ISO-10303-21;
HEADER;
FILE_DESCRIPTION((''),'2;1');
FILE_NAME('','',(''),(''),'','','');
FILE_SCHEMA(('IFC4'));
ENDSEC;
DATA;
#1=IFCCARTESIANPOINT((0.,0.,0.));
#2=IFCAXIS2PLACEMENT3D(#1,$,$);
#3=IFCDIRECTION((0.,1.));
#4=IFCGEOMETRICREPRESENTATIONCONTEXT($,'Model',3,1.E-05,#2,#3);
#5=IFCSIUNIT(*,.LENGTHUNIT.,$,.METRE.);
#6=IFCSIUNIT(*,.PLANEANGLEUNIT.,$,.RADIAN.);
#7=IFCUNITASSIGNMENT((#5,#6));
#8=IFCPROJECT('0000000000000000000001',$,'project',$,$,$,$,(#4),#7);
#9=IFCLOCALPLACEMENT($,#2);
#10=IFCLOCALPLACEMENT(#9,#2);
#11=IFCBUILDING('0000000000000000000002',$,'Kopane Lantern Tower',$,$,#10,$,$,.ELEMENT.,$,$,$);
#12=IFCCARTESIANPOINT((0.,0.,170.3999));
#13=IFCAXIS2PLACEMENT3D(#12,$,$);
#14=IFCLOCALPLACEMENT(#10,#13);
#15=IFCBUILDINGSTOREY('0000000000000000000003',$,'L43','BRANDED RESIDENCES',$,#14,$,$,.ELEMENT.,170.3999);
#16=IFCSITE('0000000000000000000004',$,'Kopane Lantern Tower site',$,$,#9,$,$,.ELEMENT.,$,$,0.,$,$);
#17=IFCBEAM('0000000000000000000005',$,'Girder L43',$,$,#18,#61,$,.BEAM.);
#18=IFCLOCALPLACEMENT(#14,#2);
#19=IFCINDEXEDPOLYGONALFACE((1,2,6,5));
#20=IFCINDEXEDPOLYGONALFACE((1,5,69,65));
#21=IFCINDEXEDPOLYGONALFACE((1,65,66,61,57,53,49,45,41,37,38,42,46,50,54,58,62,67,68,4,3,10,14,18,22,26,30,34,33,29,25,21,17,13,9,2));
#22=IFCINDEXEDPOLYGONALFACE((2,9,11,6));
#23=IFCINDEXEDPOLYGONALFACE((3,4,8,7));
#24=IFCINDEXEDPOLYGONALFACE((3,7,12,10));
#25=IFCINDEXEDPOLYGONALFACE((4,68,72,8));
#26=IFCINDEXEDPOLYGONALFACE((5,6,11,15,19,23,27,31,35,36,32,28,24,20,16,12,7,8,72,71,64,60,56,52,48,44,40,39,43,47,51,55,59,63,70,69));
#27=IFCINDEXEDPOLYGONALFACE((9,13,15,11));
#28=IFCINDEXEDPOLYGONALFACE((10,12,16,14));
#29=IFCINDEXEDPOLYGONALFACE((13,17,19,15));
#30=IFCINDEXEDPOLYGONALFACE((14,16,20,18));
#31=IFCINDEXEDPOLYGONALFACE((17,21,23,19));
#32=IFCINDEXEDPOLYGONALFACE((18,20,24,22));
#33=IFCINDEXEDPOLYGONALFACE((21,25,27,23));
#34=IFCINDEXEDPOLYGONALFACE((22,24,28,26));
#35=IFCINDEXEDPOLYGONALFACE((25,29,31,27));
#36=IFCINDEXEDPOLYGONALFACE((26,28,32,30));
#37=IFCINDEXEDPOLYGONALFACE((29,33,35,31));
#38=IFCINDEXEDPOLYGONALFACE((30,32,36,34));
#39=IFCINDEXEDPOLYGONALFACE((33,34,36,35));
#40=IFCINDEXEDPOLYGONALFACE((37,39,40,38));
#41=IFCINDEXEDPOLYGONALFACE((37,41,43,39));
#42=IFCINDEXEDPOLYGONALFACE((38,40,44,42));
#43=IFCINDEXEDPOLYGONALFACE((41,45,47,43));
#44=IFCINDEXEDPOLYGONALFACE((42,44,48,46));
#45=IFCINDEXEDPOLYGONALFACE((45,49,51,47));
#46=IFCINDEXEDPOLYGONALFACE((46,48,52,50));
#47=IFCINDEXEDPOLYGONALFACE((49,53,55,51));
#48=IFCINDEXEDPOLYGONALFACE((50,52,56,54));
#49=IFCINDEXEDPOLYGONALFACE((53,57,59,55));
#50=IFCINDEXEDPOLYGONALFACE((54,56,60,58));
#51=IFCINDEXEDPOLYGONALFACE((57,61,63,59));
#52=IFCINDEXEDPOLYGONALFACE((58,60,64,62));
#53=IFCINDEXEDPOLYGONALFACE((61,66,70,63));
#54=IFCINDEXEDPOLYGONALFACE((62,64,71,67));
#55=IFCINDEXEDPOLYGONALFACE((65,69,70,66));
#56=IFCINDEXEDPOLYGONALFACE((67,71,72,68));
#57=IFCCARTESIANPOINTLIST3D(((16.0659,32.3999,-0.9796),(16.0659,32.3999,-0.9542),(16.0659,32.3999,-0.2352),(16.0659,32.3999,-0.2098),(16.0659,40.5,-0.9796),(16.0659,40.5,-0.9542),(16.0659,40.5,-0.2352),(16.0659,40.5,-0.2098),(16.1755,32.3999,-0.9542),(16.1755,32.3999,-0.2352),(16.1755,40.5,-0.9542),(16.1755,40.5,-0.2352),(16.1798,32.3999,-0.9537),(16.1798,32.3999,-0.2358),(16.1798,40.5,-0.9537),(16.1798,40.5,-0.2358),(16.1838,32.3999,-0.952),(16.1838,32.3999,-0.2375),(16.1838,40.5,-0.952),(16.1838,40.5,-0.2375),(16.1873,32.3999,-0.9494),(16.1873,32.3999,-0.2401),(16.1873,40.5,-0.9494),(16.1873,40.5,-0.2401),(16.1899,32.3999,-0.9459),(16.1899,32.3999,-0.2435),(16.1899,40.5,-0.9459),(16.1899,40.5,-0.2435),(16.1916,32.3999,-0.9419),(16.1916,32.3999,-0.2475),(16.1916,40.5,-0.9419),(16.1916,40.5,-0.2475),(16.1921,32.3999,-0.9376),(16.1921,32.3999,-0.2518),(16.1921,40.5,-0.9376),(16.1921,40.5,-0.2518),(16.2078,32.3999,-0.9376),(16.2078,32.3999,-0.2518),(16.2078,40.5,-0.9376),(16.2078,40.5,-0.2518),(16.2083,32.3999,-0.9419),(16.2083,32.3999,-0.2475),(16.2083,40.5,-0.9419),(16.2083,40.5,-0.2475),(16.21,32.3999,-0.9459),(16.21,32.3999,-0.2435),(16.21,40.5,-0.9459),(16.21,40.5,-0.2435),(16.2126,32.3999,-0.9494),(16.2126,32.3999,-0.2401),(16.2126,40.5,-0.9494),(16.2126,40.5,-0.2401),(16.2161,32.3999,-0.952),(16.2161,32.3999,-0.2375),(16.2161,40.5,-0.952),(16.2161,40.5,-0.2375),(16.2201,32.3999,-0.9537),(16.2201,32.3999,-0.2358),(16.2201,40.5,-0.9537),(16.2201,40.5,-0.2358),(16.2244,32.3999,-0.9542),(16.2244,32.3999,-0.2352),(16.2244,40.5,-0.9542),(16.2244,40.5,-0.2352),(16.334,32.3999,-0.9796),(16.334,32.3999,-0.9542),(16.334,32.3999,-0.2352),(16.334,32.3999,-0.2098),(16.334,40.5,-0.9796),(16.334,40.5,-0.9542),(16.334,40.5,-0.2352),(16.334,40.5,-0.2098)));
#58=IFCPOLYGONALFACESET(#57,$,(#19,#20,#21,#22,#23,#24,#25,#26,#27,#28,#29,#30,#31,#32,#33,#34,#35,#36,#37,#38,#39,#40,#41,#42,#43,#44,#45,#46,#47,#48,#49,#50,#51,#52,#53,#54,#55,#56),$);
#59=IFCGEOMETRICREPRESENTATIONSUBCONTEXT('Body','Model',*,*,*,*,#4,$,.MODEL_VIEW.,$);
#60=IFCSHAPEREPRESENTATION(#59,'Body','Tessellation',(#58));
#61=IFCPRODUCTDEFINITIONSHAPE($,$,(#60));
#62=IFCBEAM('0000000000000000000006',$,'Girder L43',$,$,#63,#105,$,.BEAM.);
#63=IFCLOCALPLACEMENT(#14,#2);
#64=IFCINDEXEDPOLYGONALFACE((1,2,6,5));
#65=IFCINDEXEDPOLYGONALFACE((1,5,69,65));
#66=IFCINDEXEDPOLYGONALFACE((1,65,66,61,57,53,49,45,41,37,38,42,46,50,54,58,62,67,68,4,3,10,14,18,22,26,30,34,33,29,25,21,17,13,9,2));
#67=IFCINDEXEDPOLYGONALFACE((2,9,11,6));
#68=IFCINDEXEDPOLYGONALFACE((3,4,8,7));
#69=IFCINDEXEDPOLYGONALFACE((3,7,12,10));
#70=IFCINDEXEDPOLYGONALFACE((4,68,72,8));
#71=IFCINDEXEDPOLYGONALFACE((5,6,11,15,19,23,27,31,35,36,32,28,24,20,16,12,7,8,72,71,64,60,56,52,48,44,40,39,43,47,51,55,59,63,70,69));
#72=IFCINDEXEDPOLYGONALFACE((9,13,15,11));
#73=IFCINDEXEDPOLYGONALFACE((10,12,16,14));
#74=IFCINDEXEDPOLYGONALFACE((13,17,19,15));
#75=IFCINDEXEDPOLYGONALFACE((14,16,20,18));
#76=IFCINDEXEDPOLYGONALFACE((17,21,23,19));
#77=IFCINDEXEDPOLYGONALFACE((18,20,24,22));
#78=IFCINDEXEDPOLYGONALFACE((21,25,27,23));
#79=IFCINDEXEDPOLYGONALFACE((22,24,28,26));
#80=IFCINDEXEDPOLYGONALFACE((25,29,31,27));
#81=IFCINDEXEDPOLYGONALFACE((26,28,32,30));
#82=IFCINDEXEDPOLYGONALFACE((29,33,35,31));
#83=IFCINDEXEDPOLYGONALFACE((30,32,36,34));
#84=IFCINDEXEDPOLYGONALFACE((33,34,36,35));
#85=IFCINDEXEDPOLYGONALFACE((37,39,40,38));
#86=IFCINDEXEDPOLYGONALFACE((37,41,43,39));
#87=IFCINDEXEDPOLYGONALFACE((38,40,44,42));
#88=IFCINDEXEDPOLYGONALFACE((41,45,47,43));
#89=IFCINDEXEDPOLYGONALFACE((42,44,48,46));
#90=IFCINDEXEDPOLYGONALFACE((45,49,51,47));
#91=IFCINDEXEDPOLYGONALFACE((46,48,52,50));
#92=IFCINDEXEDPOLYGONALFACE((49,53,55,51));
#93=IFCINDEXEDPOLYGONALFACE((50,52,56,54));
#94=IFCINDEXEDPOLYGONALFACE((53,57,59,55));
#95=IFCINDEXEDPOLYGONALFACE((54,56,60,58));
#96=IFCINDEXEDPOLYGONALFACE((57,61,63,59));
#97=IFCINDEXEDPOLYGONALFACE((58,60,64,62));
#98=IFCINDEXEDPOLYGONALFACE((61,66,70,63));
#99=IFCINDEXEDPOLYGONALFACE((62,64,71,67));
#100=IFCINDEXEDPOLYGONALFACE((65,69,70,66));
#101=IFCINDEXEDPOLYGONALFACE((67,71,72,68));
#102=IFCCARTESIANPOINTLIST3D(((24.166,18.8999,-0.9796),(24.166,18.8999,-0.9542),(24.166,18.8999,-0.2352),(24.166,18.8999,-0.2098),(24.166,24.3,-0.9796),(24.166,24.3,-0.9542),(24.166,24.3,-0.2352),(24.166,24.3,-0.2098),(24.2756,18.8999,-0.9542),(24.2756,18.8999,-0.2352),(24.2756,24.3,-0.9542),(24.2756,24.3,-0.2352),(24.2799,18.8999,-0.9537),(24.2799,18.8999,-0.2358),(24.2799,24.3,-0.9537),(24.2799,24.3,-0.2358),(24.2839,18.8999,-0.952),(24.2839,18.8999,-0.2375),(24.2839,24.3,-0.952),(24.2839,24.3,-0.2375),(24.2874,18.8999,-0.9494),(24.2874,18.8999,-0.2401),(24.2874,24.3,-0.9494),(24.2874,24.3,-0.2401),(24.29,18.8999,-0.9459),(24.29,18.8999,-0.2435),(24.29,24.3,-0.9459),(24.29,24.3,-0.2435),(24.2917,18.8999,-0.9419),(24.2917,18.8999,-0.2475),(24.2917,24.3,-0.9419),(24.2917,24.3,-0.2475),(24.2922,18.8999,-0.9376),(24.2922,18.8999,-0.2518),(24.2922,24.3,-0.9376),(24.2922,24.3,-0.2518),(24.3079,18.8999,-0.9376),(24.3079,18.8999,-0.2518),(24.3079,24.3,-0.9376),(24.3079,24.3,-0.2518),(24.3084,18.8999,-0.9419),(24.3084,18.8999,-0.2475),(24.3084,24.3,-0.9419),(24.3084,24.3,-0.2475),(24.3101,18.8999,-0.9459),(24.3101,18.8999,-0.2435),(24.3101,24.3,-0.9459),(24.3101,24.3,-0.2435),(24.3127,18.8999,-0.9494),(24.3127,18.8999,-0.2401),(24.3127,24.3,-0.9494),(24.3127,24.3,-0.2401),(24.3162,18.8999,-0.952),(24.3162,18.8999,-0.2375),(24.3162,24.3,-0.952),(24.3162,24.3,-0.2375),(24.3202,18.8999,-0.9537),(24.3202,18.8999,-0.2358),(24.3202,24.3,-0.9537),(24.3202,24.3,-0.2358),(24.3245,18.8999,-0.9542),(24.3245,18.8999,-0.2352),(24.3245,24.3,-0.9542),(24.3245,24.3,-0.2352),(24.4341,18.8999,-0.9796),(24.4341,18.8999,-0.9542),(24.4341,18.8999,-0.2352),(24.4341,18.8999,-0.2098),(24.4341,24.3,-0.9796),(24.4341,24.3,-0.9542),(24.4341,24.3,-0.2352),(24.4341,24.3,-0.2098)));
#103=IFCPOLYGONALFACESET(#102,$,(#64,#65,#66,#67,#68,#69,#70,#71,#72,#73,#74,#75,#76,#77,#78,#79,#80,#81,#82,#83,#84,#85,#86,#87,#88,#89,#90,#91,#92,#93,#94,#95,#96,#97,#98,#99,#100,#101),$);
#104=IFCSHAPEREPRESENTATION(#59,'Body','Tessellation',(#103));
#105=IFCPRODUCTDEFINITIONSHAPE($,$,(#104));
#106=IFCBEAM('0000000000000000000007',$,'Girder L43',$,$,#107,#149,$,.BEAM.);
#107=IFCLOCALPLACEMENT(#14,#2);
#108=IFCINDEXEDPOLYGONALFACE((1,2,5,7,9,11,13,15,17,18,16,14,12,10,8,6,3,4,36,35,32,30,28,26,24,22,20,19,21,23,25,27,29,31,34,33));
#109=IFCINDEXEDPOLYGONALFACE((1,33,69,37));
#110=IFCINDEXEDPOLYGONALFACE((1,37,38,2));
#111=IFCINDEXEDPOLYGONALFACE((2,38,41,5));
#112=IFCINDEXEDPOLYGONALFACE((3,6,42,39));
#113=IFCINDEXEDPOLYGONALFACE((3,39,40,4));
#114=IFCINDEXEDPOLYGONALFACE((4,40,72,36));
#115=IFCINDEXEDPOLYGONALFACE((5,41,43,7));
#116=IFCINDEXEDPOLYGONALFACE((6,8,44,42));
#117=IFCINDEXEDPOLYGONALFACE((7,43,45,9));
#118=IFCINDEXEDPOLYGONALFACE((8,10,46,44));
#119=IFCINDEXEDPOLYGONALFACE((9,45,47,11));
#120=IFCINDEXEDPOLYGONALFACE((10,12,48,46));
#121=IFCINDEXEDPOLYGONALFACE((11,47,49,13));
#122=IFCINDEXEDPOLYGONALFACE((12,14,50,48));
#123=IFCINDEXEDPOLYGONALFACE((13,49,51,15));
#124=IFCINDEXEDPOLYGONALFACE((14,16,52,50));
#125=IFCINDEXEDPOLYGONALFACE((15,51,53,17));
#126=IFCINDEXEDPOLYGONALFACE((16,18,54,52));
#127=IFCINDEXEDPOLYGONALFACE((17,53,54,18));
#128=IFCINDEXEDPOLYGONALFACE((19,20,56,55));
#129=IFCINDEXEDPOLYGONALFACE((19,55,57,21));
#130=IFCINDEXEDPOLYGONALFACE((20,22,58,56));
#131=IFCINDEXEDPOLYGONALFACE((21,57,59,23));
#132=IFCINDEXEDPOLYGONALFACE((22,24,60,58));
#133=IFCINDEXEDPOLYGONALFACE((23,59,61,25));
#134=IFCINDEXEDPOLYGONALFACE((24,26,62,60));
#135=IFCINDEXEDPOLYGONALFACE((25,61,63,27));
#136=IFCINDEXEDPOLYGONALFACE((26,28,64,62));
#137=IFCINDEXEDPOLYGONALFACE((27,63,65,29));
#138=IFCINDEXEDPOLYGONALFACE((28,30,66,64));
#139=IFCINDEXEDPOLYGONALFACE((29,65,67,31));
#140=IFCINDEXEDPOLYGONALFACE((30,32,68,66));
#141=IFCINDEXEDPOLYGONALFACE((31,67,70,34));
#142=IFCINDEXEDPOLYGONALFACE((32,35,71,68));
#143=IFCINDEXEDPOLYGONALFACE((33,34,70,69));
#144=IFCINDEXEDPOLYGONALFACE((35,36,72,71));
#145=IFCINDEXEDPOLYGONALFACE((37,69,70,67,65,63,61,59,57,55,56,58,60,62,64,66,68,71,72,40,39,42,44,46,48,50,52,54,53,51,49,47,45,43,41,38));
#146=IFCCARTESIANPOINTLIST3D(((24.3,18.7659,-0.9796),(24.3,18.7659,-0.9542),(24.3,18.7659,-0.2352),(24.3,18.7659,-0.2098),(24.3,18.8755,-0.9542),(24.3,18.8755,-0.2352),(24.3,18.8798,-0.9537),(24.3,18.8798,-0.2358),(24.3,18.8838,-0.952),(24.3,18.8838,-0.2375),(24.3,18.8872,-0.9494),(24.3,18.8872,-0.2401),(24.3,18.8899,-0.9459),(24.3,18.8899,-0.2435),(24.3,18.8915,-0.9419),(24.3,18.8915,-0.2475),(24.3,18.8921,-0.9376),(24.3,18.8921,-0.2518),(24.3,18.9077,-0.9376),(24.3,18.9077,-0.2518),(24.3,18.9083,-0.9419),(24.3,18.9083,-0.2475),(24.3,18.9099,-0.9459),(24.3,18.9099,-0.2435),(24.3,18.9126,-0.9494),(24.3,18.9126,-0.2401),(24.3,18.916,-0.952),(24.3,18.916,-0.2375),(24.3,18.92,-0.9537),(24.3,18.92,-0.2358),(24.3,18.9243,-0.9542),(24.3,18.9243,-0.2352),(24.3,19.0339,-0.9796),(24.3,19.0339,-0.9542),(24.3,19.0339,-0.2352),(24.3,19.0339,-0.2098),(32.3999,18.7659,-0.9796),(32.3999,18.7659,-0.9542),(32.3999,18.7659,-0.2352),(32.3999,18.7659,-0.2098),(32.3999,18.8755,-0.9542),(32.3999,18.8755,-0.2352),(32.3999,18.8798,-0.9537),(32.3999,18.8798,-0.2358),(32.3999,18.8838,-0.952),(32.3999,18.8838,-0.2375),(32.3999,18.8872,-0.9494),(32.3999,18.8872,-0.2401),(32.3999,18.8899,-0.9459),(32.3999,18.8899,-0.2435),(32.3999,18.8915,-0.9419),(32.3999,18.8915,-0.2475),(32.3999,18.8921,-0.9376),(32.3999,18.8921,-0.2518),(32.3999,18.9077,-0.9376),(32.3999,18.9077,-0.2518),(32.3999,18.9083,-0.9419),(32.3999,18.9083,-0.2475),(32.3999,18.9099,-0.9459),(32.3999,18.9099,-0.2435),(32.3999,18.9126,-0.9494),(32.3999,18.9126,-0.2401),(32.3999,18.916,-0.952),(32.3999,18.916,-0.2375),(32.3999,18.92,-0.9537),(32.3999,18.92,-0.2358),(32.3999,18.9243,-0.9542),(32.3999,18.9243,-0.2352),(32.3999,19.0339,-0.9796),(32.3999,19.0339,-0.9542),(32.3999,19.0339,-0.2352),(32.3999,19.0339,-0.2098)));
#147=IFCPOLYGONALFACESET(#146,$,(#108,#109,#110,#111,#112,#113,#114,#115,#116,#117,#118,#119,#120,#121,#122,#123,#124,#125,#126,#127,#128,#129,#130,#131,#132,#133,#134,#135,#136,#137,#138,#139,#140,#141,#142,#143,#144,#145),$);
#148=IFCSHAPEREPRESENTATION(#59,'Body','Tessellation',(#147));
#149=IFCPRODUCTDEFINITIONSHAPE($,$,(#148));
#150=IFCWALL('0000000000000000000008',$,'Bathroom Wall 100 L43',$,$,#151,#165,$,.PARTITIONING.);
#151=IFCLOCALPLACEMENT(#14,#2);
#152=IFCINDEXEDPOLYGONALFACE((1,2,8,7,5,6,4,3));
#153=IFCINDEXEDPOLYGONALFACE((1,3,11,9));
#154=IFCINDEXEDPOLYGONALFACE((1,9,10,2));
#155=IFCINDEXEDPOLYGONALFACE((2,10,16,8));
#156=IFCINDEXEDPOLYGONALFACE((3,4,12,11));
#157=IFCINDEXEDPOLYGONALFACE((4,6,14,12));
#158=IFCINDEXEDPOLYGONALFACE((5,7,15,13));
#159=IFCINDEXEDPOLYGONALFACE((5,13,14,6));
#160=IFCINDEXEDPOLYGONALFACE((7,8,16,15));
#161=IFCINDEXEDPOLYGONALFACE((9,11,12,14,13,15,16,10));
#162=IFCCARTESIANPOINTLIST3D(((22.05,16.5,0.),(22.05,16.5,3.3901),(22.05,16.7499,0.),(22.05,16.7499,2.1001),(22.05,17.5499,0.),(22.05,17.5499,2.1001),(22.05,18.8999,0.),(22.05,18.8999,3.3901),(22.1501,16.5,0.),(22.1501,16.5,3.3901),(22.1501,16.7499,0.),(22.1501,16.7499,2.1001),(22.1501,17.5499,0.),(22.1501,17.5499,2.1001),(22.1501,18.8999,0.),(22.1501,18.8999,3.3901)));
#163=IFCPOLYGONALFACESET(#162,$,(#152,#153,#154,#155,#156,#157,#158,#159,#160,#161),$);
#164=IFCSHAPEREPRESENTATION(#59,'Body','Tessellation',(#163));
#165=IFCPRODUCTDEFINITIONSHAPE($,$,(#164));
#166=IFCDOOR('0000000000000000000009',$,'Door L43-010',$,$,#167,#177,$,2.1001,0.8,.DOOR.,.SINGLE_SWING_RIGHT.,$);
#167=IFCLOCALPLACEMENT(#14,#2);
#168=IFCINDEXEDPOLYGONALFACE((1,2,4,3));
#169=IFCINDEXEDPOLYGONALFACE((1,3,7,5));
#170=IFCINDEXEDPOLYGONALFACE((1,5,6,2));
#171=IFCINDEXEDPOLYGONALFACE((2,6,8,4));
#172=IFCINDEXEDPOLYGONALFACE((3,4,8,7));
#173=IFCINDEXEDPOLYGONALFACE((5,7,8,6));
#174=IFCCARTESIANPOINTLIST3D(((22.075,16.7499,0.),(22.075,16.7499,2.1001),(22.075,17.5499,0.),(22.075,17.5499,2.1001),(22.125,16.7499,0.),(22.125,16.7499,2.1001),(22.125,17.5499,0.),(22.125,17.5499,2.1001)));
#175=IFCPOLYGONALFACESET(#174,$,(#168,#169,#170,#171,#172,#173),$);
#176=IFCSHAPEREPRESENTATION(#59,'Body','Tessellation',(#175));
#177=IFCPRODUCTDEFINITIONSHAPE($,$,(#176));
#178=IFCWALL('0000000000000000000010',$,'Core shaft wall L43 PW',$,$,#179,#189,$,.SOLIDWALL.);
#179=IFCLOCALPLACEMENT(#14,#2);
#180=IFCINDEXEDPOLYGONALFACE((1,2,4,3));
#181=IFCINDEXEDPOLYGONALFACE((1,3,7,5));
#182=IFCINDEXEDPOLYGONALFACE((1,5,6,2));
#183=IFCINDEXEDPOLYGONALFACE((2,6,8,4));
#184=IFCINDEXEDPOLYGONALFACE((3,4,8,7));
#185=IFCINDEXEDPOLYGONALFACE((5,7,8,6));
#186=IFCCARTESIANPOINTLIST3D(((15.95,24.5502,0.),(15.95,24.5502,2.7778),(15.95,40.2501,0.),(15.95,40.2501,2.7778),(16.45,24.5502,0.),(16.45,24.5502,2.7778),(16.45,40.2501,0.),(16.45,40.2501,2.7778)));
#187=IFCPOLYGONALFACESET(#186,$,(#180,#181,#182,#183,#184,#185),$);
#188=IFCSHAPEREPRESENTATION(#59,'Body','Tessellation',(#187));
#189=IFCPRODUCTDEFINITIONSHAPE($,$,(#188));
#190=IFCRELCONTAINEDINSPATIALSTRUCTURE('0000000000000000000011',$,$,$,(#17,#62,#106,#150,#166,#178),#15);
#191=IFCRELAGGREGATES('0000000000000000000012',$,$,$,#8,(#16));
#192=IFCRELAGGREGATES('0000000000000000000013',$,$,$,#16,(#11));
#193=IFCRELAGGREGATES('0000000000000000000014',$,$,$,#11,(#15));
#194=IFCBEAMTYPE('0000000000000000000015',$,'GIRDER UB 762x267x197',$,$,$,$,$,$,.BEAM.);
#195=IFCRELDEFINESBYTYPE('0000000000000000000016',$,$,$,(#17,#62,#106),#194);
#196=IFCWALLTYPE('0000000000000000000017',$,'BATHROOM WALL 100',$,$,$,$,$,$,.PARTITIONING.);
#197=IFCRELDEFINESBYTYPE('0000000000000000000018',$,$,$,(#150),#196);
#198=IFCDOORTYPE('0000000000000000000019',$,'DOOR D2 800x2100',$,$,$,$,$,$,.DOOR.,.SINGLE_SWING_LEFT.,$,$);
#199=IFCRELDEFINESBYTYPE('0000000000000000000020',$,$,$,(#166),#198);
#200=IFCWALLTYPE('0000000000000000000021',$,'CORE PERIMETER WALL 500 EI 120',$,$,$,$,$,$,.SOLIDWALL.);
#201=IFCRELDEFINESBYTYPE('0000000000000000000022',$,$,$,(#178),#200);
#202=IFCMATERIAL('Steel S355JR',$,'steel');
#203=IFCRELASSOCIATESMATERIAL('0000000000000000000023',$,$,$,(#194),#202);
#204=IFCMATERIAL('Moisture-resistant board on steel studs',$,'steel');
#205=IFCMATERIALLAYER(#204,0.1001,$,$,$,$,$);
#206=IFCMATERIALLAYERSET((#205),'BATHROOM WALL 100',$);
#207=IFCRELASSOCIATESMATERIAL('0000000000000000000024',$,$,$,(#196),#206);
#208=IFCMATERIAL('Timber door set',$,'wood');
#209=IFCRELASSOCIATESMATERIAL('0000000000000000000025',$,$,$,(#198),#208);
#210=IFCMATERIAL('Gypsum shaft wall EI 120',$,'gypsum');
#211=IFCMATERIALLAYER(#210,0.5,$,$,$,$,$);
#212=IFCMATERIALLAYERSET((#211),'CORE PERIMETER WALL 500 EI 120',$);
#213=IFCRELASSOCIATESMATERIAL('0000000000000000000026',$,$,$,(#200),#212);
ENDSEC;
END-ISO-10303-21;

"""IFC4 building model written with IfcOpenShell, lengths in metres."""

from ifc_helpers import new_model, si_unit, direction, frame, frame_2d, origin, origin_2d, place, context, subcontext, project, spatial, rectangle, i_section, extrude, material, layer, layer_set, material_profile, profile_set, type_object, element, fill, save


model = new_model("IFC4")

# Units and contexts
model_context = context("Model", 3, precision=1e-05, world=origin(), true_north=direction((0.0, 1.0)))
body_context = subcontext(model_context, "Body", "Model", "MODEL_VIEW")
ifc_project = project(units=[si_unit("LENGTHUNIT", "METRE"), si_unit("PLANEANGLEUNIT", "RADIAN")], contexts=[model_context])

# Site, building, storey
site_placement = place(None, origin())
site = spatial("IfcSite", under=ifc_project, at=site_placement, Name="Kopane Lantern Tower site", CompositionType="ELEMENT", RefElevation=0.0)
building_placement = place(site_placement, origin())
building = spatial("IfcBuilding", under=site, at=building_placement, Name="Kopane Lantern Tower", CompositionType="ELEMENT")
storey_placement = place(building_placement, frame((0.0, 0.0, 170.3999)))
storey = spatial("IfcBuildingStorey", under=building, at=storey_placement, Name="L43", Description="BRANDED RESIDENCES", CompositionType="ELEMENT", Elevation=170.3999)

# Beams
ifc_material_1 = material(Name="Steel S355JR", Category="steel")
ifc_material_profile_1 = material_profile(ifc_material_1, i_section(OverallWidth=0.2681, OverallDepth=0.7698, WebThickness=0.0156, FlangeThickness=0.0254, FilletRadius=0.0166, at=origin_2d()), Name="UB 762x267x197")
ifc_profile_set_1 = profile_set([ifc_material_profile_1], Name="Steel S355JR")
beam_type_1 = type_object("IfcBeamType", Name="GIRDER UB 762x267x197", PredefinedType="BEAM", material=ifc_profile_set_1)
beam_1_placement = place(storey_placement, frame((16.2, 32.3999, -0.5947), z_axis=(0.0, 1.0, 0.0), x_axis=(-1.0, 0.0, 0.0)))
element("IfcBeam", 1, at=beam_1_placement, inside=storey, type_object=beam_type_1, Name="Girder L43", PredefinedType="BEAM", context=body_context, shape_type="SweptSolid", body=[
    extrude(i_section(OverallWidth=0.2681, OverallDepth=0.7698, WebThickness=0.0156, FlangeThickness=0.0254, FilletRadius=0.0166, at=origin_2d()), origin(), (0.0, 0.0, 1.0), 8.1001),
])
beam_2_placement = place(storey_placement, frame((24.3, 18.8999, -0.5947), z_axis=(0.0, 1.0, 0.0), x_axis=(-1.0, 0.0, 0.0)))
element("IfcBeam", 2, at=beam_2_placement, inside=storey, type_object=beam_type_1, Name="Girder L43", PredefinedType="BEAM", context=body_context, shape_type="SweptSolid", body=[
    extrude(i_section(OverallWidth=0.2681, OverallDepth=0.7698, WebThickness=0.0156, FlangeThickness=0.0254, FilletRadius=0.0166, at=origin_2d()), origin(), (0.0, 0.0, 1.0), 5.4001),
])
beam_3_placement = place(storey_placement, frame((24.3, 18.8999, -0.5947), z_axis=(1.0, 0.0, 0.0), x_axis=(0.0, 1.0, 0.0)))
element("IfcBeam", 3, at=beam_3_placement, inside=storey, type_object=beam_type_1, Name="Girder L43", PredefinedType="BEAM", context=body_context, shape_type="SweptSolid", body=[
    extrude(i_section(OverallWidth=0.2681, OverallDepth=0.7698, WebThickness=0.0156, FlangeThickness=0.0254, FilletRadius=0.0166, at=origin_2d()), origin(), (0.0, 0.0, 1.0), 8.0999),
])

# Wall, opening, door
ifc_material_2 = material(Name="Moisture-resistant board on steel studs", Category="steel")
ifc_layer_1 = layer(ifc_material_2, 0.1001)
ifc_layer_set_1 = layer_set([ifc_layer_1], Name="BATHROOM WALL 100")
wall_type_1 = type_object("IfcWallType", Name="BATHROOM WALL 100", PredefinedType="PARTITIONING", material=ifc_layer_set_1)
wall_1_placement = place(storey_placement, frame((22.1001, 18.8999, 0.0), z_axis=(0.0, 0.0, 1.0), x_axis=(0.0, -1.0, 0.0)))
wall_1 = element("IfcWall", 4, at=wall_1_placement, inside=storey, type_object=wall_type_1, Name="Bathroom Wall 100 L43", PredefinedType="PARTITIONING", context=body_context, shape_type="SweptSolid", body=[
    extrude(rectangle(XDim=2.3999, YDim=0.1001, at=frame_2d((1.2, 0.0))), origin(), (0.0, 0.0, 1.0), 3.3901),
])
opening_1_placement = place(wall_1_placement, frame((1.3501, 0.0, 0.0)))
opening_1 = element("IfcOpeningElement", 5, at=opening_1_placement, cuts=wall_1, PredefinedType="OPENING", context=body_context, shape_type="SweptSolid", body=[
    extrude(rectangle(XDim=0.8, YDim=2.1001, at=frame_2d((0.3999, 1.05))), frame((0.0, 0.0601, 0.0), z_axis=(0.0, -1.0, 0.0), x_axis=(1.0, 0.0, 0.0)), (0.0, 0.0, 1.0), 0.1201),
])
ifc_material_3 = material(Name="Timber door set", Category="wood")
door_type_1 = type_object("IfcDoorType", Name="DOOR D2 800x2100", OperationType="SINGLE_SWING_LEFT", PredefinedType="DOOR", material=ifc_material_3)
door_1_placement = place(opening_1_placement, origin())
door_1 = element("IfcDoor", 6, at=door_1_placement, inside=storey, type_object=door_type_1, Name="Door L43-010", OperationType="SINGLE_SWING_RIGHT", OverallHeight=2.1001, OverallWidth=0.8, PredefinedType="DOOR", context=body_context, shape_type="SweptSolid", body=[
    extrude(rectangle(XDim=0.8, YDim=2.1001, at=frame_2d((0.3999, 1.05))), frame((0.0, 0.0249, 0.0), z_axis=(0.0, -1.0, 0.0), x_axis=(1.0, 0.0, 0.0)), (0.0, 0.0, 1.0), 0.05),
])
fill(opening_1, door_1)

# Wall
ifc_material_4 = material(Name="Gypsum shaft wall EI 120", Category="gypsum")
ifc_layer_2 = layer(ifc_material_4, 0.5)
ifc_layer_set_2 = layer_set([ifc_layer_2], Name="CORE PERIMETER WALL 500 EI 120")
wall_type_2 = type_object("IfcWallType", Name="CORE PERIMETER WALL 500 EI 120", PredefinedType="SOLIDWALL", material=ifc_layer_set_2)
wall_2_placement = place(storey_placement, frame((16.2, 24.55, 0.0), z_axis=(0.0, 0.0, 1.0), x_axis=(0.0, 1.0, 0.0)))
element("IfcWall", 7, at=wall_2_placement, inside=storey, type_object=wall_type_2, Name="Core shaft wall L43 PW", PredefinedType="SOLIDWALL", context=body_context, shape_type="SweptSolid", body=[
    extrude(rectangle(XDim=15.7, YDim=0.5, at=frame_2d((7.8501, 0.0))), origin(), (0.0, 0.0, 1.0), 2.7778),
])

save(model, "model.ifc")
